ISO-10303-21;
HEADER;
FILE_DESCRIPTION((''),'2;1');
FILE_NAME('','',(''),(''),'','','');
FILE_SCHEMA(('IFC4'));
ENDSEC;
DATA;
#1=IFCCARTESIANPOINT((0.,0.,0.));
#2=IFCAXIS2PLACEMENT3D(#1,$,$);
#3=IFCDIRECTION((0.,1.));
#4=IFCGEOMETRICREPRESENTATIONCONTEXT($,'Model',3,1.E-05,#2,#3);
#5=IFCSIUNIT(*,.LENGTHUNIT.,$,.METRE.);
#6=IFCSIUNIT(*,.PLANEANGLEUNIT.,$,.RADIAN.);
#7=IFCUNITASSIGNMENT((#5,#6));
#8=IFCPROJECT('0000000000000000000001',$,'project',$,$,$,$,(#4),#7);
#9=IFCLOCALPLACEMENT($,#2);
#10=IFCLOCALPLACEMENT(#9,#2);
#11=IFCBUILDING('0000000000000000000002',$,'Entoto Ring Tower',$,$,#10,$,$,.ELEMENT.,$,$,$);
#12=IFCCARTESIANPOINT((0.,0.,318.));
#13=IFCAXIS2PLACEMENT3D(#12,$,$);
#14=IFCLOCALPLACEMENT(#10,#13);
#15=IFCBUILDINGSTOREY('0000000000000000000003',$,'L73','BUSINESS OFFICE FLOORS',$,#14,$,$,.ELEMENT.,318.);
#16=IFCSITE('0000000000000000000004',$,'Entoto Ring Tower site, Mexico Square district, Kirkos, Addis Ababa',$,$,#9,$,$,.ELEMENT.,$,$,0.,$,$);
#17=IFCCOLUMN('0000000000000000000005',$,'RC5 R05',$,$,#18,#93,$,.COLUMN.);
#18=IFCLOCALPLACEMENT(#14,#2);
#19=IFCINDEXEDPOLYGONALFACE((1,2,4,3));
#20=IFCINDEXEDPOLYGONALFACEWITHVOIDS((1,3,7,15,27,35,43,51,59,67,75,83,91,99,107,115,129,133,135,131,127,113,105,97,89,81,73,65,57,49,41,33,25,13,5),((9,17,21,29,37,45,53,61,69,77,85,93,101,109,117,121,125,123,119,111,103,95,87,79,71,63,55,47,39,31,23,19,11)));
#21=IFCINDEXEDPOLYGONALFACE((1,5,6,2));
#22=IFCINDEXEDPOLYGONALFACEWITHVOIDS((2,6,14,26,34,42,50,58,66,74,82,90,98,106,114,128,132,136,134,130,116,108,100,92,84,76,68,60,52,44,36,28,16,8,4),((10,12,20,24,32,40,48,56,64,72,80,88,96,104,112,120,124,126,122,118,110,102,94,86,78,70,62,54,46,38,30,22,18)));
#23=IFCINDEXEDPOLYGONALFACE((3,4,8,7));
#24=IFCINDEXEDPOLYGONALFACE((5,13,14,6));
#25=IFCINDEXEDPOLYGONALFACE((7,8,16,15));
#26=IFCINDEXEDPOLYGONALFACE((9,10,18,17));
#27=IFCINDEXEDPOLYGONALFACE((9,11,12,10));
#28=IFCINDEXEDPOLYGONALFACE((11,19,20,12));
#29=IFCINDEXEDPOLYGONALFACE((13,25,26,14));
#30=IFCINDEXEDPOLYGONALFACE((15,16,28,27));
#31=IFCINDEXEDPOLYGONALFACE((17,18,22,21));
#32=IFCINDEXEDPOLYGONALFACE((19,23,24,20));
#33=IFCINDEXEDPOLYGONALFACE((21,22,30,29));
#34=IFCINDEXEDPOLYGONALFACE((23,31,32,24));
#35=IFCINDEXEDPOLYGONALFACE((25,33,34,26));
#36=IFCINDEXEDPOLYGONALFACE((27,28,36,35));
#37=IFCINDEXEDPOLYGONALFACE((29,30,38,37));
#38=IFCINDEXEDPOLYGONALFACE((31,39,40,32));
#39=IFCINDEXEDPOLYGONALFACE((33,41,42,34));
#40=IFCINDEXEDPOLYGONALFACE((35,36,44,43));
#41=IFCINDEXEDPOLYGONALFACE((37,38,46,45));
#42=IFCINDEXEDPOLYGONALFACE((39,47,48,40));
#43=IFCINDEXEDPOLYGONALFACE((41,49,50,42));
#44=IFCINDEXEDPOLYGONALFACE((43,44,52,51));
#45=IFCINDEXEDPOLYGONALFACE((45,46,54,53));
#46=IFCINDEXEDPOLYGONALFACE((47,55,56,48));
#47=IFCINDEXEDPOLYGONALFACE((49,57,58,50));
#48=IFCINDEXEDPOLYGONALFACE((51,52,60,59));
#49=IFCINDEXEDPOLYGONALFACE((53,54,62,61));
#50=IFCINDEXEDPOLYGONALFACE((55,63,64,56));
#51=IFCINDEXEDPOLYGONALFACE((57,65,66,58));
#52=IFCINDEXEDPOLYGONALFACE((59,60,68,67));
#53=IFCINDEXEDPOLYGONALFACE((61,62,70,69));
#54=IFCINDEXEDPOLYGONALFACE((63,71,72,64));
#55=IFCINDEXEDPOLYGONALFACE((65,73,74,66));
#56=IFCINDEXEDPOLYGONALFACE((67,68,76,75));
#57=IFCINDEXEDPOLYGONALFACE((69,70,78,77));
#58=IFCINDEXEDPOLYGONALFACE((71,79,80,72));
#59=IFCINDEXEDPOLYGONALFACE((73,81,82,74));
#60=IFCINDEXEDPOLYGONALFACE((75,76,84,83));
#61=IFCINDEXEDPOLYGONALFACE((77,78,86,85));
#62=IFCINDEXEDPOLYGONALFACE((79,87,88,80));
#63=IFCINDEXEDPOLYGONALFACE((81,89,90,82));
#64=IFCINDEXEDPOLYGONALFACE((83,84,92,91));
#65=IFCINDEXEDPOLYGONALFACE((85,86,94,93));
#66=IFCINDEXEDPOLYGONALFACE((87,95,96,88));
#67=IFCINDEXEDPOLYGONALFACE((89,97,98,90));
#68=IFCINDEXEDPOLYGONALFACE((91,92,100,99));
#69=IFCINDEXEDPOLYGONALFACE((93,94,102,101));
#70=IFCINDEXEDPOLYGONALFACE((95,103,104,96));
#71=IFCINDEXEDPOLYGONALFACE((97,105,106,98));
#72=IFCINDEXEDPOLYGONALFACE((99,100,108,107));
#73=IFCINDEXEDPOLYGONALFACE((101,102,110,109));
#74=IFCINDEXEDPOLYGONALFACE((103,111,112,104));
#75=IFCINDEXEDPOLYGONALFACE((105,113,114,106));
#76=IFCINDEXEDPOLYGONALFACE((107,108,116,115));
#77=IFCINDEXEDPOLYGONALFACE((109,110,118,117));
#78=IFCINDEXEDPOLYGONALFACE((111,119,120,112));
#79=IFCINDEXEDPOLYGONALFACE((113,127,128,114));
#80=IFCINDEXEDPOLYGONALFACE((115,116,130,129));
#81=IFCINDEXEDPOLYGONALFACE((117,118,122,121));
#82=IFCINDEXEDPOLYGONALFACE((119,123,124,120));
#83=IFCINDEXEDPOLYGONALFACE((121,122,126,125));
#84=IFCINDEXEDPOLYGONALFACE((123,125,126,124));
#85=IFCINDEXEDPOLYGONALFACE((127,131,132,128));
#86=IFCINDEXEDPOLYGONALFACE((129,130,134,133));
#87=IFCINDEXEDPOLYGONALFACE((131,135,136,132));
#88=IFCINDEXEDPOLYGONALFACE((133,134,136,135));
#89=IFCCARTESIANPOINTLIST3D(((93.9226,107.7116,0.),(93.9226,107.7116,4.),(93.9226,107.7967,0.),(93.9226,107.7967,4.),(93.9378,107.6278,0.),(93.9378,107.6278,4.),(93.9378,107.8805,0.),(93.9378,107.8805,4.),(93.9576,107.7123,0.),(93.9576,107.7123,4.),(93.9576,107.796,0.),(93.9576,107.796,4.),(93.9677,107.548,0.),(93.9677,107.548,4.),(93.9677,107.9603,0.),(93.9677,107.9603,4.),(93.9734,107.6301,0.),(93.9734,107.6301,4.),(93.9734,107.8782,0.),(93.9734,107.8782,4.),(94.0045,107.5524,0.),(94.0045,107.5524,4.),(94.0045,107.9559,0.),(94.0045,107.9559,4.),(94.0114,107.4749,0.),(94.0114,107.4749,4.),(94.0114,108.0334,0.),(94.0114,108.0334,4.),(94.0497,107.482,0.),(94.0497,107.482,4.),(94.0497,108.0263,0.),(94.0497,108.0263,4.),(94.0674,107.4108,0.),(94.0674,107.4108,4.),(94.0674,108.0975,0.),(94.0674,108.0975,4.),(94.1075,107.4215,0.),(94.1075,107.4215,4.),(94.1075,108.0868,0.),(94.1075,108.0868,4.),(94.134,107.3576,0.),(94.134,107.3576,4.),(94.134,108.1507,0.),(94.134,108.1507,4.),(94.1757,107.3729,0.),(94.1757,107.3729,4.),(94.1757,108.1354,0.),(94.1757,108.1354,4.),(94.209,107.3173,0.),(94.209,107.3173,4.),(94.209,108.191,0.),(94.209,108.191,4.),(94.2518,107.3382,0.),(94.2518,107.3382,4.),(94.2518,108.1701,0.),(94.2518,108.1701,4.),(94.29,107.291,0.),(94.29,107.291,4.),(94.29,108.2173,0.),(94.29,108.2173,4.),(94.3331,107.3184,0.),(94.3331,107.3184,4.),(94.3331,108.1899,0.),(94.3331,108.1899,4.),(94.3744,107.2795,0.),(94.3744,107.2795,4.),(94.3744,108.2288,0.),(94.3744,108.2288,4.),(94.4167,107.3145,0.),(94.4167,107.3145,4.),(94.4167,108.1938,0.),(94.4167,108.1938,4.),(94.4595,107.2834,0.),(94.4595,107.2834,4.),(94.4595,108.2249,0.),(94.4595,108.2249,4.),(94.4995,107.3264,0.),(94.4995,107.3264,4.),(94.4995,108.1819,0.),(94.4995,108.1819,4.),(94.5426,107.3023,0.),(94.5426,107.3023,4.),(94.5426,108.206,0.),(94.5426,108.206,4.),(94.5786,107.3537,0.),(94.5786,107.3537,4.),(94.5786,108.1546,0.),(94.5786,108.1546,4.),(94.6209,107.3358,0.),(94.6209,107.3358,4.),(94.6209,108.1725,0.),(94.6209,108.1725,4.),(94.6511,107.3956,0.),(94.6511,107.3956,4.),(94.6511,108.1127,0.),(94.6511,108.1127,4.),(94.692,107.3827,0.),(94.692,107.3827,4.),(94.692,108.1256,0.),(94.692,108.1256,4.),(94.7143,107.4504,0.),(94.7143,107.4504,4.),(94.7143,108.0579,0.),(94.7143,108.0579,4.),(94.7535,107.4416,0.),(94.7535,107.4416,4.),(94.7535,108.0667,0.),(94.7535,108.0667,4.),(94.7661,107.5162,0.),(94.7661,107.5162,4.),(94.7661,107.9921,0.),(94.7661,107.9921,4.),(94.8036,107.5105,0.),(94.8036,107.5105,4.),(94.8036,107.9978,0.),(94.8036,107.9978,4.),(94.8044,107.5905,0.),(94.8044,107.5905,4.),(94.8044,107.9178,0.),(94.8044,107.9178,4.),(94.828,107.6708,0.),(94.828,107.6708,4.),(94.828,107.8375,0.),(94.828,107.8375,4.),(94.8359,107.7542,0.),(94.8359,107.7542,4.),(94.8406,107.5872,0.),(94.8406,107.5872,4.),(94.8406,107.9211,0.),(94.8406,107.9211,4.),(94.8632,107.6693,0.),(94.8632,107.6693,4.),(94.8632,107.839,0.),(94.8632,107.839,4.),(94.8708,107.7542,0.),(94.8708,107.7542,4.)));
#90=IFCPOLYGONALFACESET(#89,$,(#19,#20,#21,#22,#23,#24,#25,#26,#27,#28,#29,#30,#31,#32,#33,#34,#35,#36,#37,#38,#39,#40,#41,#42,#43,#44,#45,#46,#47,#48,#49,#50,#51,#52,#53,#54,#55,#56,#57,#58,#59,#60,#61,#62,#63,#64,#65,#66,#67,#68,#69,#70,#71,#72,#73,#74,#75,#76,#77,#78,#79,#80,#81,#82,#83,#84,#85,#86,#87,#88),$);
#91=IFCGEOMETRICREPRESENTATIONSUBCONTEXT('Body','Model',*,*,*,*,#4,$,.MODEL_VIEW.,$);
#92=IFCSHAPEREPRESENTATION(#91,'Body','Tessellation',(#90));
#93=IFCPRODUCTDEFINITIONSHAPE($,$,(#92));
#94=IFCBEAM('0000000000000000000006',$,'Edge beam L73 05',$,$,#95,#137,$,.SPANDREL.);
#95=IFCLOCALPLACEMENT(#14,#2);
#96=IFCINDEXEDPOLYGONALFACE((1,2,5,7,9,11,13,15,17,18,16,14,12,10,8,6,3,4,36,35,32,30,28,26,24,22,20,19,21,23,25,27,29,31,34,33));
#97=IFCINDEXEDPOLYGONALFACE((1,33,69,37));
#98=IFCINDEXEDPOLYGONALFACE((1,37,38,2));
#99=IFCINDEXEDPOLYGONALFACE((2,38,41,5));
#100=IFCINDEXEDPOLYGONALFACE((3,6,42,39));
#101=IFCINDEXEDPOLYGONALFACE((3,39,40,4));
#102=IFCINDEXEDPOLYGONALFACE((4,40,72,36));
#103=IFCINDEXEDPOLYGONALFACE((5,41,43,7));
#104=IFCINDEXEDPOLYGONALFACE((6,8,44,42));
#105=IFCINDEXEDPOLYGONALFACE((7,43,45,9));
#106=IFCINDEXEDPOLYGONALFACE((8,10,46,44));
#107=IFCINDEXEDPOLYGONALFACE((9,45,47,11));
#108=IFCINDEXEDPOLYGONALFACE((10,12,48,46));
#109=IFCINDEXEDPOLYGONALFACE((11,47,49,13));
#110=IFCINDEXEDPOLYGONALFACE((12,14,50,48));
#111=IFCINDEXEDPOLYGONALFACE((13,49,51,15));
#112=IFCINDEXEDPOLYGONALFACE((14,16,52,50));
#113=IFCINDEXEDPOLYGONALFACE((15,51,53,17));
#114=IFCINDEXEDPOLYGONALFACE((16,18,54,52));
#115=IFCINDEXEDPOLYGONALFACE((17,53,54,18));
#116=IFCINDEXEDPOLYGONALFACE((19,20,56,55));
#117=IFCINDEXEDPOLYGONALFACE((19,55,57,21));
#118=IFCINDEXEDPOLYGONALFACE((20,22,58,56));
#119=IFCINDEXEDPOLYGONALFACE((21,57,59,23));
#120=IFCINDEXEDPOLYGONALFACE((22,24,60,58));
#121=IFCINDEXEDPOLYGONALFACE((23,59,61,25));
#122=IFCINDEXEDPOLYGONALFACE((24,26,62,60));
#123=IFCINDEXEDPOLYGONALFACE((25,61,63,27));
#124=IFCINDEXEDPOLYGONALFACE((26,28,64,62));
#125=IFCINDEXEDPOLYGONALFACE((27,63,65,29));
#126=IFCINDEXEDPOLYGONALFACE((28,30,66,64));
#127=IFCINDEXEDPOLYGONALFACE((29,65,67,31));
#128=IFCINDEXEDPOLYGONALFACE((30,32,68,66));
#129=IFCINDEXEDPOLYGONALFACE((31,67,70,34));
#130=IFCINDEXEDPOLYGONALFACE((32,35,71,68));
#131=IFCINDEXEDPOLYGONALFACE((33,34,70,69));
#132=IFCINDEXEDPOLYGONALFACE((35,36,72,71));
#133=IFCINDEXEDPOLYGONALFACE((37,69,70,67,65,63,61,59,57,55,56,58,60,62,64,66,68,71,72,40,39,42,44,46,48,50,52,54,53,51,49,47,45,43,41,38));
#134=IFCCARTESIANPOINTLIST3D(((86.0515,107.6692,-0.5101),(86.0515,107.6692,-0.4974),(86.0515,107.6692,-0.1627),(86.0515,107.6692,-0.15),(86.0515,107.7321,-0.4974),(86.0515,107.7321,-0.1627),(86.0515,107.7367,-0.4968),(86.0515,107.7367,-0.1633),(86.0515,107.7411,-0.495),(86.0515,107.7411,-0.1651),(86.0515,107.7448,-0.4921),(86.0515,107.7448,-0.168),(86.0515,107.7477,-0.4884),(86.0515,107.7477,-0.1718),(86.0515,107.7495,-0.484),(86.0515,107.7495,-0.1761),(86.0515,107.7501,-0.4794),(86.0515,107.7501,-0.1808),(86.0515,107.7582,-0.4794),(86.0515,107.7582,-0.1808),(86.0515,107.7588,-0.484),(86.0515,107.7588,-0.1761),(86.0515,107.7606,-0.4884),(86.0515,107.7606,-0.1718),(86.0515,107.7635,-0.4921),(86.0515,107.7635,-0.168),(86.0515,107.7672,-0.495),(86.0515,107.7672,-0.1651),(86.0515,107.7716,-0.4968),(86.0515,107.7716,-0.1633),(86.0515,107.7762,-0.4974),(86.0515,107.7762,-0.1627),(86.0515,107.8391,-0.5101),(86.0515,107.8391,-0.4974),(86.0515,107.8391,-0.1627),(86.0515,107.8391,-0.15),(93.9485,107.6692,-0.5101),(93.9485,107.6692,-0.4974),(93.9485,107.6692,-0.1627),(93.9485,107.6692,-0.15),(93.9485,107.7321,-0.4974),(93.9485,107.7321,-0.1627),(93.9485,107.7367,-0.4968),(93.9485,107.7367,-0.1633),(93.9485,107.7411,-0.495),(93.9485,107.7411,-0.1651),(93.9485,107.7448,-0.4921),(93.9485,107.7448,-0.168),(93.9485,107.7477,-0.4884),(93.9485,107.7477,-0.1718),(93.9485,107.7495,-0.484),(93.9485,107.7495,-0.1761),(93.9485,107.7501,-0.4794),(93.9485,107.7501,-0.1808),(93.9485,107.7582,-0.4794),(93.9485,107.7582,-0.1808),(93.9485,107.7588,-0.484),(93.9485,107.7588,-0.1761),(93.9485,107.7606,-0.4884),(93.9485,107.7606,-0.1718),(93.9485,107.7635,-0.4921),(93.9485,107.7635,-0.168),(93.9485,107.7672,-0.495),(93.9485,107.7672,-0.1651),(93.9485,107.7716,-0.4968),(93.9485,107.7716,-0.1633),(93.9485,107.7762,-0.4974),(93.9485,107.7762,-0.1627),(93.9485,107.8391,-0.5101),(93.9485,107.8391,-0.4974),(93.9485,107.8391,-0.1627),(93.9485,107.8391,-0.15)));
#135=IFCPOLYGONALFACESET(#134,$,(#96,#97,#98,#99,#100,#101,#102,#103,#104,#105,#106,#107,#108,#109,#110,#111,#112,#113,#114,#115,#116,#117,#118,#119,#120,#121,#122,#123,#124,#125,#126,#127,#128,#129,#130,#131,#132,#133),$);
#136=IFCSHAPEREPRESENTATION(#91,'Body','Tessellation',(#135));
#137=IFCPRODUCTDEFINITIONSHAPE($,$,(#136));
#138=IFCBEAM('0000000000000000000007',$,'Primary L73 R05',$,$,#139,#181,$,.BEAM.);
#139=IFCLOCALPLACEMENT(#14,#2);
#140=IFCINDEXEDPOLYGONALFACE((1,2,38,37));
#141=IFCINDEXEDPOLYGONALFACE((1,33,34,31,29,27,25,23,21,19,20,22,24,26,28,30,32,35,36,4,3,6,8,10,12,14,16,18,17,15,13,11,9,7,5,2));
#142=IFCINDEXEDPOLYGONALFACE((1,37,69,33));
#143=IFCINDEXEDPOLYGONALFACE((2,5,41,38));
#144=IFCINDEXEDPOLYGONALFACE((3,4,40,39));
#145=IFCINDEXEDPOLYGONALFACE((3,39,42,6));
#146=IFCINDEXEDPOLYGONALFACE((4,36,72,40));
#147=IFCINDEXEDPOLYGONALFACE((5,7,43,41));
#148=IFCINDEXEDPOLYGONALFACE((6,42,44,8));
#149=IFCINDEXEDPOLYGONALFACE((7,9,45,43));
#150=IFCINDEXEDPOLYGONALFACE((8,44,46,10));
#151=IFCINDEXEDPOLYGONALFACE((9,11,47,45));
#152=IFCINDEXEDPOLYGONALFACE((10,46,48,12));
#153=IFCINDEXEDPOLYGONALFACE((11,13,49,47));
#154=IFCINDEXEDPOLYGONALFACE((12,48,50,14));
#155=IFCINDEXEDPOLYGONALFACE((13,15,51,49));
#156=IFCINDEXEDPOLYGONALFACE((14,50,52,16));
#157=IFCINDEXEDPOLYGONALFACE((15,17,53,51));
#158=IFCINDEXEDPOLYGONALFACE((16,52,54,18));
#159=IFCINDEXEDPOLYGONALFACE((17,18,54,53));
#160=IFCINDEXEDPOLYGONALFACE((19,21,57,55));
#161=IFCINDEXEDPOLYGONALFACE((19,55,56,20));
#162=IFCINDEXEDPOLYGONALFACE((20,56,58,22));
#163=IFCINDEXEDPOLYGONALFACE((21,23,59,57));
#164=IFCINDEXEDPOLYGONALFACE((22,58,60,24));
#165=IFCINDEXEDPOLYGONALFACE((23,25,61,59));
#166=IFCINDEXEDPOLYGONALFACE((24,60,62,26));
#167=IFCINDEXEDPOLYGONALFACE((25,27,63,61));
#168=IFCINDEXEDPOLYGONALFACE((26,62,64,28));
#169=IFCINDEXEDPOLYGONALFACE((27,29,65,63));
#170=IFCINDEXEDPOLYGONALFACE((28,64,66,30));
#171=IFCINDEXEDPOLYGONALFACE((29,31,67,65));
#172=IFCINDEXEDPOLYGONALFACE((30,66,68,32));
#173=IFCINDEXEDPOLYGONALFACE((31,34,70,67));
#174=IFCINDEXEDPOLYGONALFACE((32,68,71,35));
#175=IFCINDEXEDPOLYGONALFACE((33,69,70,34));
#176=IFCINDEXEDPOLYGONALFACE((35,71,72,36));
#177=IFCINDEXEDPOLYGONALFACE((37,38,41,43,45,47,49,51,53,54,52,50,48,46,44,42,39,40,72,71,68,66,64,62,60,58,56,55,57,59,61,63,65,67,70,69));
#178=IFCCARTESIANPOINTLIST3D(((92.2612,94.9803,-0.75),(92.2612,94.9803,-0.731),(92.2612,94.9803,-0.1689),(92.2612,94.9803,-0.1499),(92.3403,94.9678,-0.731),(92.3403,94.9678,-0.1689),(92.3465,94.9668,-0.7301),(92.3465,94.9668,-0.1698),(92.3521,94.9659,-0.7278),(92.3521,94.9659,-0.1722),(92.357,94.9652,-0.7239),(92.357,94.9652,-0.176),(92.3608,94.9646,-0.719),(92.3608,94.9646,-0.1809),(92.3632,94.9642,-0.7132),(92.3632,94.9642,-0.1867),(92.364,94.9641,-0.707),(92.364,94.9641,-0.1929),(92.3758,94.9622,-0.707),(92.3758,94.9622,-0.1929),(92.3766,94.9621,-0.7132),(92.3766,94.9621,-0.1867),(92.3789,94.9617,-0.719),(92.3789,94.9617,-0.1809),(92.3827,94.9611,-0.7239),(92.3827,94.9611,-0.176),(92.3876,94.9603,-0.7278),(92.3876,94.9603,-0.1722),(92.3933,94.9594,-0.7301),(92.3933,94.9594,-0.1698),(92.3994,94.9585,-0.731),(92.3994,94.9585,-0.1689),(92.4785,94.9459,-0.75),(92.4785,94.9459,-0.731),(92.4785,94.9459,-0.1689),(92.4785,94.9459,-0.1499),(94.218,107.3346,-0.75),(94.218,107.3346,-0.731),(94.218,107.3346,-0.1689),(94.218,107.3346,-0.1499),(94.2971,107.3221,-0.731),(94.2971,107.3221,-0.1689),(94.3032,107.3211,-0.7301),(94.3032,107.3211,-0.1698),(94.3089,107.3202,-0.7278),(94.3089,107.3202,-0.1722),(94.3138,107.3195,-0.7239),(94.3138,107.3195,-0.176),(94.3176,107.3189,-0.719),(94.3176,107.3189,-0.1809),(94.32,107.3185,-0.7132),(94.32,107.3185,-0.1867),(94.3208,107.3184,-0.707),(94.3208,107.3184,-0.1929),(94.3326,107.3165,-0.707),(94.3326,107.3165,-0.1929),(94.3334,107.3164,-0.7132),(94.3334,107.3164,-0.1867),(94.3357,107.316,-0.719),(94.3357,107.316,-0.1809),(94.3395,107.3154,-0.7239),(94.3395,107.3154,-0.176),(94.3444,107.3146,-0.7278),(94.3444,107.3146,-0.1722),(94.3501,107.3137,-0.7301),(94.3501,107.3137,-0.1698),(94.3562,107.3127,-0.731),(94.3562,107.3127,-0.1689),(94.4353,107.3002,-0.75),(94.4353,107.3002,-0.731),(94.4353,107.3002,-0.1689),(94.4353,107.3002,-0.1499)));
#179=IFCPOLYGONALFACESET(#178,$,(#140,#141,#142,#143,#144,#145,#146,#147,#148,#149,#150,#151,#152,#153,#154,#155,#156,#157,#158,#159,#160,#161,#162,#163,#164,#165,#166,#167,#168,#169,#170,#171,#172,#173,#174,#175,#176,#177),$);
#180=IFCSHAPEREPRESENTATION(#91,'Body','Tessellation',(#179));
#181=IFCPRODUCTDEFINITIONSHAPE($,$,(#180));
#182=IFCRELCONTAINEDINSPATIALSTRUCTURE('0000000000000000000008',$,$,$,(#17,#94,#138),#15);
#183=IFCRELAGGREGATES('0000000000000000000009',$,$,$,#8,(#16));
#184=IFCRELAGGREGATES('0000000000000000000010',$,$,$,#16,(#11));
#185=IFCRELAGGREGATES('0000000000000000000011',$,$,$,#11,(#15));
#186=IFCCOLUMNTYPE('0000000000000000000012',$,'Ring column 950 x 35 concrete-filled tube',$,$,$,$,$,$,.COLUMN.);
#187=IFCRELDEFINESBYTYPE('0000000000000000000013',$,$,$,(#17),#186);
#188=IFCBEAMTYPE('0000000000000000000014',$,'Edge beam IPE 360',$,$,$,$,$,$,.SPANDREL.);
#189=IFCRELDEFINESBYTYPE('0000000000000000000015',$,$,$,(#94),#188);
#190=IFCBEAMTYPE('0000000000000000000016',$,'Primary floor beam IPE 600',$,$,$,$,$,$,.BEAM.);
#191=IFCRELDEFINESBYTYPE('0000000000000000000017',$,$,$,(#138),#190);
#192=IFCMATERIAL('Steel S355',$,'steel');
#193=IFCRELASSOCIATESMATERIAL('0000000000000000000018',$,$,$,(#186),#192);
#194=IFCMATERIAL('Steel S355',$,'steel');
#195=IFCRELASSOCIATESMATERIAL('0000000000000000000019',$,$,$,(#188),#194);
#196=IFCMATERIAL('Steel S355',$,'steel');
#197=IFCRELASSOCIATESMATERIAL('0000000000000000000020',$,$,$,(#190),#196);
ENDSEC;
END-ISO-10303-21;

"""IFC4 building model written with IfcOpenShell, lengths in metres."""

from ifc_helpers import new_model, si_unit, direction, frame, origin, origin_2d, place, context, subcontext, project, spatial, circle, hollow_circle, i_section, extrude, material, material_profile, profile_set, type_object, element, save


model = new_model("IFC4")

# Units and contexts
model_context = context("Model", 3, precision=1e-05, world=origin(), true_north=direction((0.0, 1.0)))
body_context = subcontext(model_context, "Body", "Model", "MODEL_VIEW")
ifc_project = project(units=[si_unit("LENGTHUNIT", "METRE"), si_unit("PLANEANGLEUNIT", "RADIAN")], contexts=[model_context])

# Site, building, storey
site_placement = place(None, origin())
site = spatial("IfcSite", under=ifc_project, at=site_placement, Name="Entoto Ring Tower site, Mexico Square district, Kirkos, Addis Ababa", CompositionType="ELEMENT", RefElevation=0.0)
building_placement = place(site_placement, origin())
building = spatial("IfcBuilding", under=site, at=building_placement, Name="Entoto Ring Tower", CompositionType="ELEMENT")
storey_placement = place(building_placement, frame((0.0, 0.0, 318.0)))
storey = spatial("IfcBuildingStorey", under=building, at=storey_placement, Name="L73", Description="BUSINESS OFFICE FLOORS", CompositionType="ELEMENT", Elevation=318.0)

# Column
ifc_material_1 = material(Name="Steel S355", Category="steel")
ifc_material_profile_1 = material_profile(ifc_material_1, hollow_circle(Radius=0.4751, WallThickness=0.0349, at=origin_2d()), Name="CHS 950 x 35")
ifc_material_2 = material(Name="Concrete C60/75", Category="concrete")
ifc_material_profile_2 = material_profile(ifc_material_2, circle(Radius=0.4399, at=origin_2d()), Name="Concrete C60/75 infill")
ifc_profile_set_1 = profile_set([ifc_material_profile_1, ifc_material_profile_2], Name="Steel S355")
column_type = type_object("IfcColumnType", Name="Ring column 950 x 35 concrete-filled tube", PredefinedType="COLUMN", material=ifc_profile_set_1)
column_placement = place(storey_placement, frame((94.3958, 107.7542, 0.0), z_axis=(0.0, 0.0, 1.0), x_axis=(1.0, 0.0, 0.0)))
element("IfcColumn", 1, at=column_placement, inside=storey, type_object=column_type, Name="RC5 R05", PredefinedType="COLUMN", context=body_context, shape_type="SweptSolid", body=[
    extrude(hollow_circle(Radius=0.4751, WallThickness=0.0349, at=origin_2d()), origin(), (0.0, 0.0, 1.0), 4.0),
])

# Beams
ifc_material_3 = material(Name="Steel S355", Category="steel")
ifc_material_profile_3 = material_profile(ifc_material_3, i_section(OverallWidth=0.1699, OverallDepth=0.3601, WebThickness=0.0081, FlangeThickness=0.0127, FilletRadius=0.0181, at=origin_2d()), Name="IPE 360")
ifc_profile_set_2 = profile_set([ifc_material_profile_3], Name="Steel S355")
beam_type_1 = type_object("IfcBeamType", Name="Edge beam IPE 360", PredefinedType="SPANDREL", material=ifc_profile_set_2)
beam_1_placement = place(storey_placement, frame((93.9485, 107.7542, -0.3301), z_axis=(-1.0, 0.0, 0.0), x_axis=(0.0, -1.0, 0.0)))
element("IfcBeam", 2, at=beam_1_placement, inside=storey, type_object=beam_type_1, Name="Edge beam L73 05", PredefinedType="SPANDREL", context=body_context, shape_type="SweptSolid", body=[
    extrude(i_section(OverallWidth=0.1699, OverallDepth=0.3601, WebThickness=0.0081, FlangeThickness=0.0127, FilletRadius=0.0181, at=origin_2d()), origin(), (0.0, 0.0, 1.0), 7.897),
])
ifc_material_4 = material(Name="Steel S355", Category="steel")
ifc_material_profile_4 = material_profile(ifc_material_4, i_section(OverallWidth=0.22, OverallDepth=0.6001, WebThickness=0.012, FlangeThickness=0.019, FilletRadius=0.0239, at=origin_2d()), Name="IPE 600")
ifc_profile_set_3 = profile_set([ifc_material_profile_4], Name="Steel S355")
beam_type_2 = type_object("IfcBeamType", Name="Primary floor beam IPE 600", PredefinedType="BEAM", material=ifc_profile_set_3)
for number, where, z_axis, x_axis, name in (
    (3, (92.3699, 94.9631, -0.45), (0.15644, 0.987688, 0.0), (-0.987688, 0.15644, 0.0), "Primary L73 R05"),
):
    element("IfcBeam", number, at=place(storey_placement, frame(where, z_axis=z_axis, x_axis=x_axis)), inside=storey, type_object=beam_type_2, Name=name, PredefinedType="BEAM", context=body_context, shape_type="SweptSolid", body=[
        extrude(i_section(OverallWidth=0.22, OverallDepth=0.6001, WebThickness=0.012, FlangeThickness=0.019, FilletRadius=0.0239, at=origin_2d()), origin(), (0.0, 0.0, 1.0), 12.5083),
    ])

save(model, "model.ifc")
